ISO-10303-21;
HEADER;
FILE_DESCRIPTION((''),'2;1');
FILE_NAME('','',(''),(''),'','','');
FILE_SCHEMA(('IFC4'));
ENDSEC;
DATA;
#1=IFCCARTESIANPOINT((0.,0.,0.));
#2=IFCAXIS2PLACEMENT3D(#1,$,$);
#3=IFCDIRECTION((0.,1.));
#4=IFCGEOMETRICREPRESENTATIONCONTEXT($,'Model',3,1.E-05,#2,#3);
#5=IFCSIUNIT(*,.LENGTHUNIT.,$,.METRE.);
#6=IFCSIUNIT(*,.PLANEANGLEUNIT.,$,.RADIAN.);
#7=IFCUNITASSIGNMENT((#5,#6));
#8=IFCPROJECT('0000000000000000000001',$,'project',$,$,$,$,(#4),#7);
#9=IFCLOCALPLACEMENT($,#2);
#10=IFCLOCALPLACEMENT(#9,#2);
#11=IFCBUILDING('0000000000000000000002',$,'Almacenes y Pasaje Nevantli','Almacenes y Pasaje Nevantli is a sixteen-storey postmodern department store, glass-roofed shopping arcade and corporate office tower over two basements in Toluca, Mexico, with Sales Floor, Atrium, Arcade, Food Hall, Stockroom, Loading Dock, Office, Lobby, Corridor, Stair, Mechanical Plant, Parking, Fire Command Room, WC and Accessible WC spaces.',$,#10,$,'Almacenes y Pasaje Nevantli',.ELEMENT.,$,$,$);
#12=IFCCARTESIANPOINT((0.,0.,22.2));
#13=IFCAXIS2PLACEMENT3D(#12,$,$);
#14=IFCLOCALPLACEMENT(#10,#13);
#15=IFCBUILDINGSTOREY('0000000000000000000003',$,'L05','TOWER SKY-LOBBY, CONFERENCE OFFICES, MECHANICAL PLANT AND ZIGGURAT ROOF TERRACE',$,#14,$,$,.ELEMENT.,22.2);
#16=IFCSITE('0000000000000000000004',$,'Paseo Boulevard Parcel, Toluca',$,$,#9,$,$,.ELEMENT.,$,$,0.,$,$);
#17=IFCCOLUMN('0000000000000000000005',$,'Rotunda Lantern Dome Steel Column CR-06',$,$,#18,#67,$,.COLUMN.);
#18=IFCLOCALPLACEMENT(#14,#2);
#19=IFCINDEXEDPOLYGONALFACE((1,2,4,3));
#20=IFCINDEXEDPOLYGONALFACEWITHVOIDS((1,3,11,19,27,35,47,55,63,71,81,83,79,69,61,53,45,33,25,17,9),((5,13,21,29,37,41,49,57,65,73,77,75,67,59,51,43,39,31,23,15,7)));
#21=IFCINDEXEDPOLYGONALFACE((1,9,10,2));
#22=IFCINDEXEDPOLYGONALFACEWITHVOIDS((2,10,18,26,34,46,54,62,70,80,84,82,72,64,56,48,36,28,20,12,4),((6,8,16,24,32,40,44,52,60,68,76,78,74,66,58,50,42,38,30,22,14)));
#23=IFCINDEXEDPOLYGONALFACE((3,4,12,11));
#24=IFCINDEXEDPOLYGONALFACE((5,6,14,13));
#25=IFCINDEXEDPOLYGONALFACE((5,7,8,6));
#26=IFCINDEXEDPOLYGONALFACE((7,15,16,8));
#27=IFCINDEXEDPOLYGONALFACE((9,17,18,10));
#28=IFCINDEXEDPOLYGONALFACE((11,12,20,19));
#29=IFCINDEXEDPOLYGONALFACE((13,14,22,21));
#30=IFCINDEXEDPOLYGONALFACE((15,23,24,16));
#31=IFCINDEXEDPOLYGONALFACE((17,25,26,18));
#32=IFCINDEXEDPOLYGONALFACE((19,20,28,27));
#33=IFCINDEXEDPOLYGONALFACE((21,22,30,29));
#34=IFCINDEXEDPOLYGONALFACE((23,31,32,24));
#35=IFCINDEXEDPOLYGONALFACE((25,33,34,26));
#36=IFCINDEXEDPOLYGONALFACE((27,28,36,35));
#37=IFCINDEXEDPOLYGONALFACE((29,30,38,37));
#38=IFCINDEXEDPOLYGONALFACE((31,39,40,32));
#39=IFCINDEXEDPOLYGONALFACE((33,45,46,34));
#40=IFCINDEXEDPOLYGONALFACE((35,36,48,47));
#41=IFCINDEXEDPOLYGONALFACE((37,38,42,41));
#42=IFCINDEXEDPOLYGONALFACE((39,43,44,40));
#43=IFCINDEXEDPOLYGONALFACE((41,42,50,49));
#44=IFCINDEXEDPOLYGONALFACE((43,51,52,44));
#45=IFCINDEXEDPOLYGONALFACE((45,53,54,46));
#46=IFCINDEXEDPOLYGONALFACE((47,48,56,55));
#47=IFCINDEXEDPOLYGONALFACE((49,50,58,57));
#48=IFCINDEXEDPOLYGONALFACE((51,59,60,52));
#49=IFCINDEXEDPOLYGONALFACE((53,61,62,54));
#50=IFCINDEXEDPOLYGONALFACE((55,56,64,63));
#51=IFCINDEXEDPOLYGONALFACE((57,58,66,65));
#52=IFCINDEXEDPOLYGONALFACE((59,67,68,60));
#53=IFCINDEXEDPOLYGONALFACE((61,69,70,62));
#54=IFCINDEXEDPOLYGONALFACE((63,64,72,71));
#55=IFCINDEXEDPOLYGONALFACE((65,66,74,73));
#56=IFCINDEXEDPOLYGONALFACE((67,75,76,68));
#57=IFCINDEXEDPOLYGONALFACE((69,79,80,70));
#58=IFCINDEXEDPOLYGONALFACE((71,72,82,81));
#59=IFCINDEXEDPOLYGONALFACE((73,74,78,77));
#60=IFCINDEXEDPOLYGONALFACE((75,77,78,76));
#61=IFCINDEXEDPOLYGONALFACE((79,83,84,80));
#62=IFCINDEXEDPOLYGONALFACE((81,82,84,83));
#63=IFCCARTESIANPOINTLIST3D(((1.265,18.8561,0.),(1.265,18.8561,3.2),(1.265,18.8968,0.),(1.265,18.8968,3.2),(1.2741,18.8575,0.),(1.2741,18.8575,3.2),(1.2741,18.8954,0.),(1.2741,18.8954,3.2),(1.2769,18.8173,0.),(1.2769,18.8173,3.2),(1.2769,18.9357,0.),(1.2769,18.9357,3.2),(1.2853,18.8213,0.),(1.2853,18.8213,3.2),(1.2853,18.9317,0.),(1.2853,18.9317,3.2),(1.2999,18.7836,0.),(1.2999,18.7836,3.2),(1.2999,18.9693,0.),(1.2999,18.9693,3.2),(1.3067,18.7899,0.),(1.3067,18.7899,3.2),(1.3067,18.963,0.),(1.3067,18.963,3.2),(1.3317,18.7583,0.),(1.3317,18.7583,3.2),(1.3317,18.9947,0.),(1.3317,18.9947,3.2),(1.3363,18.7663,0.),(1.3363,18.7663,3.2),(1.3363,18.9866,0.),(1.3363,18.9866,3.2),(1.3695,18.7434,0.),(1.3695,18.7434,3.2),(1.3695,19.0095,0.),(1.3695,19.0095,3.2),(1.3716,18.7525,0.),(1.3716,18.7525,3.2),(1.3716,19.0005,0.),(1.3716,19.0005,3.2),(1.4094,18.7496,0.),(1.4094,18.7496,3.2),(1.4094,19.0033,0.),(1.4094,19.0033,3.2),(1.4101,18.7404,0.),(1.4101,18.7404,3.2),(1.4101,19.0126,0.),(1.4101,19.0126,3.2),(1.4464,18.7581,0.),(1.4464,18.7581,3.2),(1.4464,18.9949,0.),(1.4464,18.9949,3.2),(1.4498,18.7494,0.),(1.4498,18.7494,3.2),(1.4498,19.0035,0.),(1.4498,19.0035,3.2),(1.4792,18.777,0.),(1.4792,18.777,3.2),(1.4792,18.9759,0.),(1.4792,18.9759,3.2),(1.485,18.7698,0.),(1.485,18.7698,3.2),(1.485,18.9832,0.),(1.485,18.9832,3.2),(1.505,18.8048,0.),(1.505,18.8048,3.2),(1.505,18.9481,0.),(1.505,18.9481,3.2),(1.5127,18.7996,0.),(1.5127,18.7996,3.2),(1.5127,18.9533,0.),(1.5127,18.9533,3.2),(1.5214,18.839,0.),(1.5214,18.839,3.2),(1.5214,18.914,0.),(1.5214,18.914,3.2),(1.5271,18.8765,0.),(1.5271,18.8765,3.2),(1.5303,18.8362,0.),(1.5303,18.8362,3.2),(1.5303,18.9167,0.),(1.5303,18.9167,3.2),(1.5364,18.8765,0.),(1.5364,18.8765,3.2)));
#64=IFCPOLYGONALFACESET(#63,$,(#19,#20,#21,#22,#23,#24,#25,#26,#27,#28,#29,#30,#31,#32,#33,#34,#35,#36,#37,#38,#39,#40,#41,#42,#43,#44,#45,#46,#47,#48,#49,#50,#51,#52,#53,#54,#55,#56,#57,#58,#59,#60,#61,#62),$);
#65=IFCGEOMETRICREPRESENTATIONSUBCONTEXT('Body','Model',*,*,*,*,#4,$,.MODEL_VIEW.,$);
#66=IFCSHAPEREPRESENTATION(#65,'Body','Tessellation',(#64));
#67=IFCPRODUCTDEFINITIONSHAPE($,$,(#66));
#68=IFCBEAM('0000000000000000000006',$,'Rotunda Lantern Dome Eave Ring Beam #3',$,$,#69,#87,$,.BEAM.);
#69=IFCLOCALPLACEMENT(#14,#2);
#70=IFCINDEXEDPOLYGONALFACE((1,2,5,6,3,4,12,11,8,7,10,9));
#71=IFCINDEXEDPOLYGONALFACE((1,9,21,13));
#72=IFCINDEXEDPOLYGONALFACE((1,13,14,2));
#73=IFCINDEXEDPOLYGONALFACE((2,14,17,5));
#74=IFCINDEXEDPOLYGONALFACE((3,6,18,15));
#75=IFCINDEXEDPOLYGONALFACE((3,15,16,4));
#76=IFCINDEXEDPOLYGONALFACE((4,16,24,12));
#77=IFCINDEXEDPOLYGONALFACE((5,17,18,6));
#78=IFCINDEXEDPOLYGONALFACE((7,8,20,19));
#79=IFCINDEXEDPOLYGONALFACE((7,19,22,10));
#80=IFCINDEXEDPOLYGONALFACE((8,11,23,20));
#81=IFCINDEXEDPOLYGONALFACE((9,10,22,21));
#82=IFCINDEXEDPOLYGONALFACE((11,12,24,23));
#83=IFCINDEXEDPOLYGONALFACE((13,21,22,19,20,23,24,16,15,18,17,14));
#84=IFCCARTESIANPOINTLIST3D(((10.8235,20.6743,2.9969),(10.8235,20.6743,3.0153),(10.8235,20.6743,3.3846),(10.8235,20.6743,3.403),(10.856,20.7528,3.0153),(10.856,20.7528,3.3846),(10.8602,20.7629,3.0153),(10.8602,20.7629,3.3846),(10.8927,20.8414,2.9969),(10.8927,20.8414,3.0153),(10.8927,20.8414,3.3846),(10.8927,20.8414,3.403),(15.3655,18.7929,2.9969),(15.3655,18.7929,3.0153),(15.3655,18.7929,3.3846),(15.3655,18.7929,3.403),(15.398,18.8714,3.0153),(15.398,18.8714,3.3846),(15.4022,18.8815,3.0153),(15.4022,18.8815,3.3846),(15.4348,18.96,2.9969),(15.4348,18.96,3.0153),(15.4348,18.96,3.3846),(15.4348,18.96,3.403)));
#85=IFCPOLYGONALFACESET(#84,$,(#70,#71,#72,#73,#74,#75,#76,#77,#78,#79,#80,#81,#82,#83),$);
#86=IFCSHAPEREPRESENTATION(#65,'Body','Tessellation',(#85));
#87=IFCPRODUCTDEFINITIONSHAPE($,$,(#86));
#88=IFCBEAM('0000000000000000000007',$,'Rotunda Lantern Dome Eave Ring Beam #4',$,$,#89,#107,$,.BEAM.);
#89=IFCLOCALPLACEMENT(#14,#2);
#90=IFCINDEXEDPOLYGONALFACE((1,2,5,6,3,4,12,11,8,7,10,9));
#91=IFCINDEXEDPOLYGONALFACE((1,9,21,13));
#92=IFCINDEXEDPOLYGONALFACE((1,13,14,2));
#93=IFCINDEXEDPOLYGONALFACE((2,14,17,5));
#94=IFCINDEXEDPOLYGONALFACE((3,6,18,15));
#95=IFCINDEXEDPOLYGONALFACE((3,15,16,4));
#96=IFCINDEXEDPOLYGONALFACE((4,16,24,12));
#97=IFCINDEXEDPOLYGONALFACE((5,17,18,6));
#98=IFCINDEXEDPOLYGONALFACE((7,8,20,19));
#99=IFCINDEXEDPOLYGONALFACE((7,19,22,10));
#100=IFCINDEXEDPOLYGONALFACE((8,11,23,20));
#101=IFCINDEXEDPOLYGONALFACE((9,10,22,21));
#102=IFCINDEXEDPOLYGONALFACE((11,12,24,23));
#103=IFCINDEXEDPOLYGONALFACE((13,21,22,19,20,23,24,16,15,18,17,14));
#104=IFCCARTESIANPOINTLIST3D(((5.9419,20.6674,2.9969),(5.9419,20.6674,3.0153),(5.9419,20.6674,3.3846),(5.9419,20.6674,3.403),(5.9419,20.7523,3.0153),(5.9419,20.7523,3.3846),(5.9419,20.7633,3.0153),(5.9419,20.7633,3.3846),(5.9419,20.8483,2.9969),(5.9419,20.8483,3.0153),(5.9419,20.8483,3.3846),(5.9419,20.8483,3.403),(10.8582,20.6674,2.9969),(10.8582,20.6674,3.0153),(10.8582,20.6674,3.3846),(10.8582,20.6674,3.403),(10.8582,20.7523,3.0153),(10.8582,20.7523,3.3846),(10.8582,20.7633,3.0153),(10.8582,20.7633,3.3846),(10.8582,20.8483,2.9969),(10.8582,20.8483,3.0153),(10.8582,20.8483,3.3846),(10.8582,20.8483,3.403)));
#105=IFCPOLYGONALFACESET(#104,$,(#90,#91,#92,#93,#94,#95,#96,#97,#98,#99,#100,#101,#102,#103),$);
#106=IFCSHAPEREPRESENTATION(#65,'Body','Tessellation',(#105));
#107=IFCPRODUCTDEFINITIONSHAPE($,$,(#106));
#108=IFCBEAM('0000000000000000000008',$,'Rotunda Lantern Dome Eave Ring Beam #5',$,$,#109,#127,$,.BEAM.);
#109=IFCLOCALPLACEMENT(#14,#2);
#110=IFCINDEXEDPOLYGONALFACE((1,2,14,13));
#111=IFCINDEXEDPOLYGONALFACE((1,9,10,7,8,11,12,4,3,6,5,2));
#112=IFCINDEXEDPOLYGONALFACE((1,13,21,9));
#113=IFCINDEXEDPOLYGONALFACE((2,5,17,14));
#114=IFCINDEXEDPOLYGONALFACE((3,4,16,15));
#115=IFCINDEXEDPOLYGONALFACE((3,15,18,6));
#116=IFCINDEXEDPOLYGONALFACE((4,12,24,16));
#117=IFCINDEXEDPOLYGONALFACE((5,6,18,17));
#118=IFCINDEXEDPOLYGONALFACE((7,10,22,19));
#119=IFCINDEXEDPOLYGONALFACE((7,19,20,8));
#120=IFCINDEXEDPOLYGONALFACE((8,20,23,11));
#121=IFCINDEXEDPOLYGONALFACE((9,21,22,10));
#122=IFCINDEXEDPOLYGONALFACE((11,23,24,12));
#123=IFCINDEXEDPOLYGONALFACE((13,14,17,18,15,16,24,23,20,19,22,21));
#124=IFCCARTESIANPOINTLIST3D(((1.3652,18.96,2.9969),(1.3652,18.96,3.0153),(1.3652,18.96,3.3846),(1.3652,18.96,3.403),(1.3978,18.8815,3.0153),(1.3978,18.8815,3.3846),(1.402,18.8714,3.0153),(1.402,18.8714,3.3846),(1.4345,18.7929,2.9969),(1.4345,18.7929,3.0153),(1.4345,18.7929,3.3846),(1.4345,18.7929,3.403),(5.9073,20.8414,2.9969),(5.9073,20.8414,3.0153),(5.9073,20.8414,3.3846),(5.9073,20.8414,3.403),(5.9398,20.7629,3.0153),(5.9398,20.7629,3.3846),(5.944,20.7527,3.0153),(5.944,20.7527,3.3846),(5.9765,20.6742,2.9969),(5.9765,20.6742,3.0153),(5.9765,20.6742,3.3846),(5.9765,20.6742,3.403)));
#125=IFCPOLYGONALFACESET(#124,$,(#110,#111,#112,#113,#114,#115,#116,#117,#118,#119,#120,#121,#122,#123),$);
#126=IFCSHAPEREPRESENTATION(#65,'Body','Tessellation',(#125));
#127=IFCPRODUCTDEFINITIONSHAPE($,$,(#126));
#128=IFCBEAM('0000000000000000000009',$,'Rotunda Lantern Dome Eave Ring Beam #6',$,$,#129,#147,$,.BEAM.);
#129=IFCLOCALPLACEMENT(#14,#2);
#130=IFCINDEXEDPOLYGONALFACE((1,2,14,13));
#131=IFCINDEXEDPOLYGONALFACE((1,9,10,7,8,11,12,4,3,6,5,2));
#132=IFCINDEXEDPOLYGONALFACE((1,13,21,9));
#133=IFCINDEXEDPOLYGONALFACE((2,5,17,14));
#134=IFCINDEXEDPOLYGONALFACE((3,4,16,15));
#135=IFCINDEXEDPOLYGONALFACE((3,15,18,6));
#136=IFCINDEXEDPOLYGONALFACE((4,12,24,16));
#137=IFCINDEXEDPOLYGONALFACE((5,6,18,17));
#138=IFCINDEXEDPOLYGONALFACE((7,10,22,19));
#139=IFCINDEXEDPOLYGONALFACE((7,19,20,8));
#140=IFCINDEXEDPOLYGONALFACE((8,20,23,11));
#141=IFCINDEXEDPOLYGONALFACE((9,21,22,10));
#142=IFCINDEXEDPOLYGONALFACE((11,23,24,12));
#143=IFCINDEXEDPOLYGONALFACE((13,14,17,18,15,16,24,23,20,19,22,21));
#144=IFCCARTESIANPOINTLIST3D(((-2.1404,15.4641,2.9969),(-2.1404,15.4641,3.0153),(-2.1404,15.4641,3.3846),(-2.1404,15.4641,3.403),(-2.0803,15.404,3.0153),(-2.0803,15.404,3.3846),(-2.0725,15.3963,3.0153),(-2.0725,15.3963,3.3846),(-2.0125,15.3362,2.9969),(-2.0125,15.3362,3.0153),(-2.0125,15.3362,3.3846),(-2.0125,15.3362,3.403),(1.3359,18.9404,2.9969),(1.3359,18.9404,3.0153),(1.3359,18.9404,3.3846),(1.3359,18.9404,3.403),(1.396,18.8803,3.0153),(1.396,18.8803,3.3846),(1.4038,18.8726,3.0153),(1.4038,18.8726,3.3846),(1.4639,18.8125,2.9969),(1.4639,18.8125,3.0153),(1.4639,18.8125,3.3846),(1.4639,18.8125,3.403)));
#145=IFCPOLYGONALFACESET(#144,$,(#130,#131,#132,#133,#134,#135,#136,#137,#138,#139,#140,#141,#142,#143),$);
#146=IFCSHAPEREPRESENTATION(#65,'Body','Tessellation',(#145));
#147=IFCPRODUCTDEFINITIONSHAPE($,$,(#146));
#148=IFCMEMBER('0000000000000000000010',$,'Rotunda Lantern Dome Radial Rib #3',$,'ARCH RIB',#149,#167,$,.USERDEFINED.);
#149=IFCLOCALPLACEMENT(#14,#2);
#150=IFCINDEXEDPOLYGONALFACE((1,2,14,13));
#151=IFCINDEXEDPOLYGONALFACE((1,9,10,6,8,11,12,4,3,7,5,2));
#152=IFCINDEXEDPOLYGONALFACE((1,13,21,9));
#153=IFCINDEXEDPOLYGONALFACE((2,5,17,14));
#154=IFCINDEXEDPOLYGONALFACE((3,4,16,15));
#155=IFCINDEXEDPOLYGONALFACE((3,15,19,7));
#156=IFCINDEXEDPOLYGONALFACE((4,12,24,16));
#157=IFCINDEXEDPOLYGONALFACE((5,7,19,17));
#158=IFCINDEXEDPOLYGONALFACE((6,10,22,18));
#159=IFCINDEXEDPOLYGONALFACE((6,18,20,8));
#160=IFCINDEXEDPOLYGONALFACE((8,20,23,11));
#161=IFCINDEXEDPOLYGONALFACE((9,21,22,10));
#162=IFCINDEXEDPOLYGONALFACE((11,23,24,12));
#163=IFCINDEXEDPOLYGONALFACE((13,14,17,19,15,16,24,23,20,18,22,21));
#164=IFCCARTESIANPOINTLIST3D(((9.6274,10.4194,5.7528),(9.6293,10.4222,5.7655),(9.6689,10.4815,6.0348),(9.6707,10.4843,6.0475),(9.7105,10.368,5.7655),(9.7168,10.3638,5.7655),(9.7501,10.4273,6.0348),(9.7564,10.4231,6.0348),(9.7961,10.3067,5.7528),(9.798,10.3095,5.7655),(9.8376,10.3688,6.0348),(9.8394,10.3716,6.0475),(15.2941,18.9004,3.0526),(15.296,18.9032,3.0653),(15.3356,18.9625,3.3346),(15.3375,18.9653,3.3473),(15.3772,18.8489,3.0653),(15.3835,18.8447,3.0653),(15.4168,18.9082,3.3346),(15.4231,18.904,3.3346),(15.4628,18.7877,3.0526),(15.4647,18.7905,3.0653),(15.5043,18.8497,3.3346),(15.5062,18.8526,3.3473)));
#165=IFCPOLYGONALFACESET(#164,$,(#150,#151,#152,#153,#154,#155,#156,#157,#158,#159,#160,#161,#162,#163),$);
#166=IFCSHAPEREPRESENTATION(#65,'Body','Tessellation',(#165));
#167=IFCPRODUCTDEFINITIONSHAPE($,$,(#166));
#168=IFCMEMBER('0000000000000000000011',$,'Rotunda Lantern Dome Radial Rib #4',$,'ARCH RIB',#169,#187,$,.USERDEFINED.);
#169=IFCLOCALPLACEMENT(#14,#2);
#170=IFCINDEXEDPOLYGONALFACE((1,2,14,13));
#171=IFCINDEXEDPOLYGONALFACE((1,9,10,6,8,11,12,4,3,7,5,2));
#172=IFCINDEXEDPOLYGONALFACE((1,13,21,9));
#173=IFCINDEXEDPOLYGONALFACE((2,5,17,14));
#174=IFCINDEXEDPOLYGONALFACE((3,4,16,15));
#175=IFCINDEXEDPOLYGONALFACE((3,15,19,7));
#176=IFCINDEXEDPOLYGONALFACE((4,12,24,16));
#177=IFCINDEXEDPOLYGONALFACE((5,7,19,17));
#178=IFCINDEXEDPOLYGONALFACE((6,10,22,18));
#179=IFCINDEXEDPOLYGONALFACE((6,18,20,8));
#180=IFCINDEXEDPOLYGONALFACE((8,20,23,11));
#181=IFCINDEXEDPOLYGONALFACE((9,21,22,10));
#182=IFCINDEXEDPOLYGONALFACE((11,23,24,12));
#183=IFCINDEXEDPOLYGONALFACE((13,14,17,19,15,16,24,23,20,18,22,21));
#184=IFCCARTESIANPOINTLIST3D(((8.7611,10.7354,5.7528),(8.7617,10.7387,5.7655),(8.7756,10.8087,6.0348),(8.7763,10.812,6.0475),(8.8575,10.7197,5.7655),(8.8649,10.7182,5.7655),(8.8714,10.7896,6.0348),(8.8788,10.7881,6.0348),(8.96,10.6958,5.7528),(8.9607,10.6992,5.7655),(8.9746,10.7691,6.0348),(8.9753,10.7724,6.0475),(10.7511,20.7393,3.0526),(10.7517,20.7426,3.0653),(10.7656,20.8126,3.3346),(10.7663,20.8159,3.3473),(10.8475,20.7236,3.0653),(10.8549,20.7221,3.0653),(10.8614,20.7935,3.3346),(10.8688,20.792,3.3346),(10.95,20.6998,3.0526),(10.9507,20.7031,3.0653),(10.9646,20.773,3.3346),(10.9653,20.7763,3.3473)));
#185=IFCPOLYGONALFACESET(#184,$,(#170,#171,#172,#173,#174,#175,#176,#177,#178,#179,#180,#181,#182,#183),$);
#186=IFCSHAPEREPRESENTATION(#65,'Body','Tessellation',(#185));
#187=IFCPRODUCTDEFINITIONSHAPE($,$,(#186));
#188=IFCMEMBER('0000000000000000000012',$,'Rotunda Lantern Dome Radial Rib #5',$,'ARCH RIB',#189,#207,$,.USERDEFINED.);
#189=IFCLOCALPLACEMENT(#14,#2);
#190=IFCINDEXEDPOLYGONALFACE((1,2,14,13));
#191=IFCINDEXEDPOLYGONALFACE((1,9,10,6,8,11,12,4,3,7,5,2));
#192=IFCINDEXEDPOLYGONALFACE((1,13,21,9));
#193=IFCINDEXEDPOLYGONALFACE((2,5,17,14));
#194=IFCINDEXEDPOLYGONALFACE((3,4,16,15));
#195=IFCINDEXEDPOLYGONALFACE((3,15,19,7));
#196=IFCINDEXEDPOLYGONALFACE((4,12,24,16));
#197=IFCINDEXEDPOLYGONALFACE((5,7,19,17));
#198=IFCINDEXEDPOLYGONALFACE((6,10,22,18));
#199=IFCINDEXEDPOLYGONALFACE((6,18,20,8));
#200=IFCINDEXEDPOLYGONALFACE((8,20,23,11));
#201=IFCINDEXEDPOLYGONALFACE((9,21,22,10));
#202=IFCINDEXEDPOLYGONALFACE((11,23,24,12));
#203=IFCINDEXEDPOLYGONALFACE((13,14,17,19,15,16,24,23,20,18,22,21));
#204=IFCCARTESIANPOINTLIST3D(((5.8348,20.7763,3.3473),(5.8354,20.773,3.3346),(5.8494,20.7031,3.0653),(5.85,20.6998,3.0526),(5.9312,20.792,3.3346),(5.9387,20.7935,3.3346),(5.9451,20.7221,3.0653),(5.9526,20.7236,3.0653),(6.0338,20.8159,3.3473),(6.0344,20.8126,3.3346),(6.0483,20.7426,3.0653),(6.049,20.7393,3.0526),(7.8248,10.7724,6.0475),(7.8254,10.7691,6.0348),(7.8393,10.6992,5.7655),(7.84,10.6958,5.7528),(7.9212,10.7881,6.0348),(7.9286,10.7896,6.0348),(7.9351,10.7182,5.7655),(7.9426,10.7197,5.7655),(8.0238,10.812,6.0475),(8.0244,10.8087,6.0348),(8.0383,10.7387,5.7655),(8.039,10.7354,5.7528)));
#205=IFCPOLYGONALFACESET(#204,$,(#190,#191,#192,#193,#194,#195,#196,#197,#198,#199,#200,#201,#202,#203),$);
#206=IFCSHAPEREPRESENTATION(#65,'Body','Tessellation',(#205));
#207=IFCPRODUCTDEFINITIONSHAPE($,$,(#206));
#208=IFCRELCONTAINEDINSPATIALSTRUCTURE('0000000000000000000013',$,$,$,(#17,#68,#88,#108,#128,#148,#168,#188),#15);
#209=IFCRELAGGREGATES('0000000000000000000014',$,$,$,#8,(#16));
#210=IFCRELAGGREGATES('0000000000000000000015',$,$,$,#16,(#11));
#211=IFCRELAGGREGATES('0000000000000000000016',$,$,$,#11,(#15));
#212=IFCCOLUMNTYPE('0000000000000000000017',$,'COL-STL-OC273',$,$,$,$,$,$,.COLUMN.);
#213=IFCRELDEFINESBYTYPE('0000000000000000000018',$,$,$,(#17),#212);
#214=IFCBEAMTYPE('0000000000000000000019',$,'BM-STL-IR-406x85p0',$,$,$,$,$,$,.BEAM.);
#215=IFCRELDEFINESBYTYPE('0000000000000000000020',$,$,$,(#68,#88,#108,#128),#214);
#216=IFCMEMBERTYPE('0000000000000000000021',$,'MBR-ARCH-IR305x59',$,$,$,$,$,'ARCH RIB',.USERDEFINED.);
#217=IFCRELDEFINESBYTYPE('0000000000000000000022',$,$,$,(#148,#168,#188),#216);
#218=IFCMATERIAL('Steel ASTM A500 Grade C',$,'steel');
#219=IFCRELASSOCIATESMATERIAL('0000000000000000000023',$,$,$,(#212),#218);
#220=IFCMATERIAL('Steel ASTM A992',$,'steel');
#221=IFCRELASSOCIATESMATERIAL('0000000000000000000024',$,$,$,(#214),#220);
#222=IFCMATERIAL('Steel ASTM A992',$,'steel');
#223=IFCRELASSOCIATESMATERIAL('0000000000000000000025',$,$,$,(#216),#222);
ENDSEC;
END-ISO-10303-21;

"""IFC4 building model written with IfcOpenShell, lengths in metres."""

from ifc_helpers import new_model, si_unit, direction, frame, origin, origin_2d, place, context, subcontext, project, spatial, hollow_circle, i_section, extrude, material, material_profile, profile_set, type_object, element, save


model = new_model("IFC4")

# Units and contexts
model_context = context("Model", 3, precision=1e-05, world=origin(), true_north=direction((0.0, 1.0)))
body_context = subcontext(model_context, "Body", "Model", "MODEL_VIEW")
ifc_project = project(units=[si_unit("LENGTHUNIT", "METRE"), si_unit("PLANEANGLEUNIT", "RADIAN")], contexts=[model_context])

# Site, building, storey
site_placement = place(None, origin())
site = spatial("IfcSite", under=ifc_project, at=site_placement, Name="Paseo Boulevard Parcel, Toluca", CompositionType="ELEMENT", RefElevation=0.0)
building_placement = place(site_placement, origin())
building = spatial("IfcBuilding", under=site, at=building_placement, Name="Almacenes y Pasaje Nevantli", Description="Almacenes y Pasaje Nevantli is a sixteen-storey postmodern department store, glass-roofed shopping arcade and corporate office tower over two basements in Toluca, Mexico, with Sales Floor, Atrium, Arcade, Food Hall, Stockroom, Loading Dock, Office, Lobby, Corridor, Stair, Mechanical Plant, Parking, Fire Command Room, WC and Accessible WC spaces.", LongName="Almacenes y Pasaje Nevantli", CompositionType="ELEMENT")
storey_placement = place(building_placement, frame((0.0, 0.0, 22.2)))
storey = spatial("IfcBuildingStorey", under=building, at=storey_placement, Name="L05", Description="TOWER SKY-LOBBY, CONFERENCE OFFICES, MECHANICAL PLANT AND ZIGGURAT ROOF TERRACE", CompositionType="ELEMENT", Elevation=22.2)

# Column
ifc_material_1 = material(Name="Steel ASTM A500 Grade C", Category="steel")
ifc_material_profile_1 = material_profile(ifc_material_1, hollow_circle(Radius=0.1365, WallThickness=0.0093, at=origin_2d()), Name="OC 273x9.3")
ifc_profile_set_1 = profile_set([ifc_material_profile_1], Name="Steel ASTM A500 Grade C")
column_type = type_object("IfcColumnType", Name="COL-STL-OC273", PredefinedType="COLUMN", material=ifc_profile_set_1)
for number, where, z_axis, x_axis, name in (
    (1, (1.3999, 18.8765, 0.0), (0.0, 0.0, 1.0), (1.0, 0.0, 0.0), "Rotunda Lantern Dome Steel Column CR-06"),
):
    element("IfcColumn", number, at=place(storey_placement, frame(where, z_axis=z_axis, x_axis=x_axis)), inside=storey, type_object=column_type, Name=name, PredefinedType="COLUMN", context=body_context, shape_type="SweptSolid", body=[
        extrude(hollow_circle(Radius=0.1365, WallThickness=0.0093, at=origin_2d()), origin(), (0.0, 0.0, 1.0), 3.2),
    ])

# Beams
ifc_material_2 = material(Name="Steel ASTM A992", Category="steel")
ifc_material_profile_2 = material_profile(ifc_material_2, i_section(OverallWidth=0.1809, OverallDepth=0.406, WebThickness=0.011, FlangeThickness=0.0183, at=origin_2d()), Name="IR 406x85.0")
ifc_profile_set_2 = profile_set([ifc_material_profile_2], Name="Steel ASTM A992")
beam_type = type_object("IfcBeamType", Name="BM-STL-IR-406x85p0", PredefinedType="BEAM", material=ifc_profile_set_2)
for number, where, z_axis, x_axis, name in (
    (2, (15.4001, 18.8765, 3.2), (-0.92388, 0.382682, 0.0), (-0.382682, -0.92388, 0.0), "Rotunda Lantern Dome Eave Ring Beam #3"),
    (3, (10.8582, 20.7578, 3.2), (-1.0, 0.0, 0.0), (0.0, -1.0, 0.0), "Rotunda Lantern Dome Eave Ring Beam #4"),
    (4, (5.9419, 20.7578, 3.2), (-0.92388, -0.382682, 0.0), (0.382682, -0.92388, 0.0), "Rotunda Lantern Dome Eave Ring Beam #5"),
    (5, (1.3999, 18.8765, 3.2), (-0.707107, -0.707107, 0.0), (0.707107, -0.707107, 0.0), "Rotunda Lantern Dome Eave Ring Beam #6"),
):
    element("IfcBeam", number, at=place(storey_placement, frame(where, z_axis=z_axis, x_axis=x_axis)), inside=storey, type_object=beam_type, Name=name, PredefinedType="BEAM", context=body_context, shape_type="SweptSolid", body=[
        extrude(i_section(OverallWidth=0.1809, OverallDepth=0.406, WebThickness=0.011, FlangeThickness=0.0183, at=origin_2d()), origin(), (0.0, 0.0, 1.0), 4.9163),
    ])

# Members
ifc_material_3 = material(Name="Steel ASTM A992", Category="steel")
ifc_material_profile_3 = material_profile(ifc_material_3, i_section(OverallWidth=0.2029, OverallDepth=0.3049, WebThickness=0.0076, FlangeThickness=0.0132, at=origin_2d()), Name="IR 305x59.5")
ifc_profile_set_3 = profile_set([ifc_material_profile_3], Name="Steel ASTM A992")
member_type = type_object("IfcMemberType", Name="MBR-ARCH-IR305x59", ElementType="ARCH RIB", PredefinedType="USERDEFINED", material=ifc_profile_set_3)
for number, where, z_axis, x_axis, name in (
    (6, (15.4001, 18.8765, 3.2), (-0.537067, -0.803784, 0.255911), (0.831472, -0.555567, 0.0), "Rotunda Lantern Dome Radial Rib #3"),
    (7, (10.8582, 20.7578, 3.2), (-0.188602, -0.948124, 0.255912), (0.980784, -0.195099, 0.0), "Rotunda Lantern Dome Radial Rib #4"),
    (8, (5.9419, 20.7578, 3.2), (0.188602, -0.948124, 0.255912), (0.980784, 0.195099, 0.0), "Rotunda Lantern Dome Radial Rib #5"),
):
    element("IfcMember", number, at=place(storey_placement, frame(where, z_axis=z_axis, x_axis=x_axis)), inside=storey, type_object=member_type, Name=name, ObjectType="ARCH RIB", PredefinedType="USERDEFINED", context=body_context, shape_type="SweptSolid", body=[
        extrude(i_section(OverallWidth=0.2029, OverallDepth=0.3049, WebThickness=0.0076, FlangeThickness=0.0132, at=origin_2d()), origin(), (0.0, 0.0, 1.0), 10.5513),
    ])

save(model, "model.ifc")
